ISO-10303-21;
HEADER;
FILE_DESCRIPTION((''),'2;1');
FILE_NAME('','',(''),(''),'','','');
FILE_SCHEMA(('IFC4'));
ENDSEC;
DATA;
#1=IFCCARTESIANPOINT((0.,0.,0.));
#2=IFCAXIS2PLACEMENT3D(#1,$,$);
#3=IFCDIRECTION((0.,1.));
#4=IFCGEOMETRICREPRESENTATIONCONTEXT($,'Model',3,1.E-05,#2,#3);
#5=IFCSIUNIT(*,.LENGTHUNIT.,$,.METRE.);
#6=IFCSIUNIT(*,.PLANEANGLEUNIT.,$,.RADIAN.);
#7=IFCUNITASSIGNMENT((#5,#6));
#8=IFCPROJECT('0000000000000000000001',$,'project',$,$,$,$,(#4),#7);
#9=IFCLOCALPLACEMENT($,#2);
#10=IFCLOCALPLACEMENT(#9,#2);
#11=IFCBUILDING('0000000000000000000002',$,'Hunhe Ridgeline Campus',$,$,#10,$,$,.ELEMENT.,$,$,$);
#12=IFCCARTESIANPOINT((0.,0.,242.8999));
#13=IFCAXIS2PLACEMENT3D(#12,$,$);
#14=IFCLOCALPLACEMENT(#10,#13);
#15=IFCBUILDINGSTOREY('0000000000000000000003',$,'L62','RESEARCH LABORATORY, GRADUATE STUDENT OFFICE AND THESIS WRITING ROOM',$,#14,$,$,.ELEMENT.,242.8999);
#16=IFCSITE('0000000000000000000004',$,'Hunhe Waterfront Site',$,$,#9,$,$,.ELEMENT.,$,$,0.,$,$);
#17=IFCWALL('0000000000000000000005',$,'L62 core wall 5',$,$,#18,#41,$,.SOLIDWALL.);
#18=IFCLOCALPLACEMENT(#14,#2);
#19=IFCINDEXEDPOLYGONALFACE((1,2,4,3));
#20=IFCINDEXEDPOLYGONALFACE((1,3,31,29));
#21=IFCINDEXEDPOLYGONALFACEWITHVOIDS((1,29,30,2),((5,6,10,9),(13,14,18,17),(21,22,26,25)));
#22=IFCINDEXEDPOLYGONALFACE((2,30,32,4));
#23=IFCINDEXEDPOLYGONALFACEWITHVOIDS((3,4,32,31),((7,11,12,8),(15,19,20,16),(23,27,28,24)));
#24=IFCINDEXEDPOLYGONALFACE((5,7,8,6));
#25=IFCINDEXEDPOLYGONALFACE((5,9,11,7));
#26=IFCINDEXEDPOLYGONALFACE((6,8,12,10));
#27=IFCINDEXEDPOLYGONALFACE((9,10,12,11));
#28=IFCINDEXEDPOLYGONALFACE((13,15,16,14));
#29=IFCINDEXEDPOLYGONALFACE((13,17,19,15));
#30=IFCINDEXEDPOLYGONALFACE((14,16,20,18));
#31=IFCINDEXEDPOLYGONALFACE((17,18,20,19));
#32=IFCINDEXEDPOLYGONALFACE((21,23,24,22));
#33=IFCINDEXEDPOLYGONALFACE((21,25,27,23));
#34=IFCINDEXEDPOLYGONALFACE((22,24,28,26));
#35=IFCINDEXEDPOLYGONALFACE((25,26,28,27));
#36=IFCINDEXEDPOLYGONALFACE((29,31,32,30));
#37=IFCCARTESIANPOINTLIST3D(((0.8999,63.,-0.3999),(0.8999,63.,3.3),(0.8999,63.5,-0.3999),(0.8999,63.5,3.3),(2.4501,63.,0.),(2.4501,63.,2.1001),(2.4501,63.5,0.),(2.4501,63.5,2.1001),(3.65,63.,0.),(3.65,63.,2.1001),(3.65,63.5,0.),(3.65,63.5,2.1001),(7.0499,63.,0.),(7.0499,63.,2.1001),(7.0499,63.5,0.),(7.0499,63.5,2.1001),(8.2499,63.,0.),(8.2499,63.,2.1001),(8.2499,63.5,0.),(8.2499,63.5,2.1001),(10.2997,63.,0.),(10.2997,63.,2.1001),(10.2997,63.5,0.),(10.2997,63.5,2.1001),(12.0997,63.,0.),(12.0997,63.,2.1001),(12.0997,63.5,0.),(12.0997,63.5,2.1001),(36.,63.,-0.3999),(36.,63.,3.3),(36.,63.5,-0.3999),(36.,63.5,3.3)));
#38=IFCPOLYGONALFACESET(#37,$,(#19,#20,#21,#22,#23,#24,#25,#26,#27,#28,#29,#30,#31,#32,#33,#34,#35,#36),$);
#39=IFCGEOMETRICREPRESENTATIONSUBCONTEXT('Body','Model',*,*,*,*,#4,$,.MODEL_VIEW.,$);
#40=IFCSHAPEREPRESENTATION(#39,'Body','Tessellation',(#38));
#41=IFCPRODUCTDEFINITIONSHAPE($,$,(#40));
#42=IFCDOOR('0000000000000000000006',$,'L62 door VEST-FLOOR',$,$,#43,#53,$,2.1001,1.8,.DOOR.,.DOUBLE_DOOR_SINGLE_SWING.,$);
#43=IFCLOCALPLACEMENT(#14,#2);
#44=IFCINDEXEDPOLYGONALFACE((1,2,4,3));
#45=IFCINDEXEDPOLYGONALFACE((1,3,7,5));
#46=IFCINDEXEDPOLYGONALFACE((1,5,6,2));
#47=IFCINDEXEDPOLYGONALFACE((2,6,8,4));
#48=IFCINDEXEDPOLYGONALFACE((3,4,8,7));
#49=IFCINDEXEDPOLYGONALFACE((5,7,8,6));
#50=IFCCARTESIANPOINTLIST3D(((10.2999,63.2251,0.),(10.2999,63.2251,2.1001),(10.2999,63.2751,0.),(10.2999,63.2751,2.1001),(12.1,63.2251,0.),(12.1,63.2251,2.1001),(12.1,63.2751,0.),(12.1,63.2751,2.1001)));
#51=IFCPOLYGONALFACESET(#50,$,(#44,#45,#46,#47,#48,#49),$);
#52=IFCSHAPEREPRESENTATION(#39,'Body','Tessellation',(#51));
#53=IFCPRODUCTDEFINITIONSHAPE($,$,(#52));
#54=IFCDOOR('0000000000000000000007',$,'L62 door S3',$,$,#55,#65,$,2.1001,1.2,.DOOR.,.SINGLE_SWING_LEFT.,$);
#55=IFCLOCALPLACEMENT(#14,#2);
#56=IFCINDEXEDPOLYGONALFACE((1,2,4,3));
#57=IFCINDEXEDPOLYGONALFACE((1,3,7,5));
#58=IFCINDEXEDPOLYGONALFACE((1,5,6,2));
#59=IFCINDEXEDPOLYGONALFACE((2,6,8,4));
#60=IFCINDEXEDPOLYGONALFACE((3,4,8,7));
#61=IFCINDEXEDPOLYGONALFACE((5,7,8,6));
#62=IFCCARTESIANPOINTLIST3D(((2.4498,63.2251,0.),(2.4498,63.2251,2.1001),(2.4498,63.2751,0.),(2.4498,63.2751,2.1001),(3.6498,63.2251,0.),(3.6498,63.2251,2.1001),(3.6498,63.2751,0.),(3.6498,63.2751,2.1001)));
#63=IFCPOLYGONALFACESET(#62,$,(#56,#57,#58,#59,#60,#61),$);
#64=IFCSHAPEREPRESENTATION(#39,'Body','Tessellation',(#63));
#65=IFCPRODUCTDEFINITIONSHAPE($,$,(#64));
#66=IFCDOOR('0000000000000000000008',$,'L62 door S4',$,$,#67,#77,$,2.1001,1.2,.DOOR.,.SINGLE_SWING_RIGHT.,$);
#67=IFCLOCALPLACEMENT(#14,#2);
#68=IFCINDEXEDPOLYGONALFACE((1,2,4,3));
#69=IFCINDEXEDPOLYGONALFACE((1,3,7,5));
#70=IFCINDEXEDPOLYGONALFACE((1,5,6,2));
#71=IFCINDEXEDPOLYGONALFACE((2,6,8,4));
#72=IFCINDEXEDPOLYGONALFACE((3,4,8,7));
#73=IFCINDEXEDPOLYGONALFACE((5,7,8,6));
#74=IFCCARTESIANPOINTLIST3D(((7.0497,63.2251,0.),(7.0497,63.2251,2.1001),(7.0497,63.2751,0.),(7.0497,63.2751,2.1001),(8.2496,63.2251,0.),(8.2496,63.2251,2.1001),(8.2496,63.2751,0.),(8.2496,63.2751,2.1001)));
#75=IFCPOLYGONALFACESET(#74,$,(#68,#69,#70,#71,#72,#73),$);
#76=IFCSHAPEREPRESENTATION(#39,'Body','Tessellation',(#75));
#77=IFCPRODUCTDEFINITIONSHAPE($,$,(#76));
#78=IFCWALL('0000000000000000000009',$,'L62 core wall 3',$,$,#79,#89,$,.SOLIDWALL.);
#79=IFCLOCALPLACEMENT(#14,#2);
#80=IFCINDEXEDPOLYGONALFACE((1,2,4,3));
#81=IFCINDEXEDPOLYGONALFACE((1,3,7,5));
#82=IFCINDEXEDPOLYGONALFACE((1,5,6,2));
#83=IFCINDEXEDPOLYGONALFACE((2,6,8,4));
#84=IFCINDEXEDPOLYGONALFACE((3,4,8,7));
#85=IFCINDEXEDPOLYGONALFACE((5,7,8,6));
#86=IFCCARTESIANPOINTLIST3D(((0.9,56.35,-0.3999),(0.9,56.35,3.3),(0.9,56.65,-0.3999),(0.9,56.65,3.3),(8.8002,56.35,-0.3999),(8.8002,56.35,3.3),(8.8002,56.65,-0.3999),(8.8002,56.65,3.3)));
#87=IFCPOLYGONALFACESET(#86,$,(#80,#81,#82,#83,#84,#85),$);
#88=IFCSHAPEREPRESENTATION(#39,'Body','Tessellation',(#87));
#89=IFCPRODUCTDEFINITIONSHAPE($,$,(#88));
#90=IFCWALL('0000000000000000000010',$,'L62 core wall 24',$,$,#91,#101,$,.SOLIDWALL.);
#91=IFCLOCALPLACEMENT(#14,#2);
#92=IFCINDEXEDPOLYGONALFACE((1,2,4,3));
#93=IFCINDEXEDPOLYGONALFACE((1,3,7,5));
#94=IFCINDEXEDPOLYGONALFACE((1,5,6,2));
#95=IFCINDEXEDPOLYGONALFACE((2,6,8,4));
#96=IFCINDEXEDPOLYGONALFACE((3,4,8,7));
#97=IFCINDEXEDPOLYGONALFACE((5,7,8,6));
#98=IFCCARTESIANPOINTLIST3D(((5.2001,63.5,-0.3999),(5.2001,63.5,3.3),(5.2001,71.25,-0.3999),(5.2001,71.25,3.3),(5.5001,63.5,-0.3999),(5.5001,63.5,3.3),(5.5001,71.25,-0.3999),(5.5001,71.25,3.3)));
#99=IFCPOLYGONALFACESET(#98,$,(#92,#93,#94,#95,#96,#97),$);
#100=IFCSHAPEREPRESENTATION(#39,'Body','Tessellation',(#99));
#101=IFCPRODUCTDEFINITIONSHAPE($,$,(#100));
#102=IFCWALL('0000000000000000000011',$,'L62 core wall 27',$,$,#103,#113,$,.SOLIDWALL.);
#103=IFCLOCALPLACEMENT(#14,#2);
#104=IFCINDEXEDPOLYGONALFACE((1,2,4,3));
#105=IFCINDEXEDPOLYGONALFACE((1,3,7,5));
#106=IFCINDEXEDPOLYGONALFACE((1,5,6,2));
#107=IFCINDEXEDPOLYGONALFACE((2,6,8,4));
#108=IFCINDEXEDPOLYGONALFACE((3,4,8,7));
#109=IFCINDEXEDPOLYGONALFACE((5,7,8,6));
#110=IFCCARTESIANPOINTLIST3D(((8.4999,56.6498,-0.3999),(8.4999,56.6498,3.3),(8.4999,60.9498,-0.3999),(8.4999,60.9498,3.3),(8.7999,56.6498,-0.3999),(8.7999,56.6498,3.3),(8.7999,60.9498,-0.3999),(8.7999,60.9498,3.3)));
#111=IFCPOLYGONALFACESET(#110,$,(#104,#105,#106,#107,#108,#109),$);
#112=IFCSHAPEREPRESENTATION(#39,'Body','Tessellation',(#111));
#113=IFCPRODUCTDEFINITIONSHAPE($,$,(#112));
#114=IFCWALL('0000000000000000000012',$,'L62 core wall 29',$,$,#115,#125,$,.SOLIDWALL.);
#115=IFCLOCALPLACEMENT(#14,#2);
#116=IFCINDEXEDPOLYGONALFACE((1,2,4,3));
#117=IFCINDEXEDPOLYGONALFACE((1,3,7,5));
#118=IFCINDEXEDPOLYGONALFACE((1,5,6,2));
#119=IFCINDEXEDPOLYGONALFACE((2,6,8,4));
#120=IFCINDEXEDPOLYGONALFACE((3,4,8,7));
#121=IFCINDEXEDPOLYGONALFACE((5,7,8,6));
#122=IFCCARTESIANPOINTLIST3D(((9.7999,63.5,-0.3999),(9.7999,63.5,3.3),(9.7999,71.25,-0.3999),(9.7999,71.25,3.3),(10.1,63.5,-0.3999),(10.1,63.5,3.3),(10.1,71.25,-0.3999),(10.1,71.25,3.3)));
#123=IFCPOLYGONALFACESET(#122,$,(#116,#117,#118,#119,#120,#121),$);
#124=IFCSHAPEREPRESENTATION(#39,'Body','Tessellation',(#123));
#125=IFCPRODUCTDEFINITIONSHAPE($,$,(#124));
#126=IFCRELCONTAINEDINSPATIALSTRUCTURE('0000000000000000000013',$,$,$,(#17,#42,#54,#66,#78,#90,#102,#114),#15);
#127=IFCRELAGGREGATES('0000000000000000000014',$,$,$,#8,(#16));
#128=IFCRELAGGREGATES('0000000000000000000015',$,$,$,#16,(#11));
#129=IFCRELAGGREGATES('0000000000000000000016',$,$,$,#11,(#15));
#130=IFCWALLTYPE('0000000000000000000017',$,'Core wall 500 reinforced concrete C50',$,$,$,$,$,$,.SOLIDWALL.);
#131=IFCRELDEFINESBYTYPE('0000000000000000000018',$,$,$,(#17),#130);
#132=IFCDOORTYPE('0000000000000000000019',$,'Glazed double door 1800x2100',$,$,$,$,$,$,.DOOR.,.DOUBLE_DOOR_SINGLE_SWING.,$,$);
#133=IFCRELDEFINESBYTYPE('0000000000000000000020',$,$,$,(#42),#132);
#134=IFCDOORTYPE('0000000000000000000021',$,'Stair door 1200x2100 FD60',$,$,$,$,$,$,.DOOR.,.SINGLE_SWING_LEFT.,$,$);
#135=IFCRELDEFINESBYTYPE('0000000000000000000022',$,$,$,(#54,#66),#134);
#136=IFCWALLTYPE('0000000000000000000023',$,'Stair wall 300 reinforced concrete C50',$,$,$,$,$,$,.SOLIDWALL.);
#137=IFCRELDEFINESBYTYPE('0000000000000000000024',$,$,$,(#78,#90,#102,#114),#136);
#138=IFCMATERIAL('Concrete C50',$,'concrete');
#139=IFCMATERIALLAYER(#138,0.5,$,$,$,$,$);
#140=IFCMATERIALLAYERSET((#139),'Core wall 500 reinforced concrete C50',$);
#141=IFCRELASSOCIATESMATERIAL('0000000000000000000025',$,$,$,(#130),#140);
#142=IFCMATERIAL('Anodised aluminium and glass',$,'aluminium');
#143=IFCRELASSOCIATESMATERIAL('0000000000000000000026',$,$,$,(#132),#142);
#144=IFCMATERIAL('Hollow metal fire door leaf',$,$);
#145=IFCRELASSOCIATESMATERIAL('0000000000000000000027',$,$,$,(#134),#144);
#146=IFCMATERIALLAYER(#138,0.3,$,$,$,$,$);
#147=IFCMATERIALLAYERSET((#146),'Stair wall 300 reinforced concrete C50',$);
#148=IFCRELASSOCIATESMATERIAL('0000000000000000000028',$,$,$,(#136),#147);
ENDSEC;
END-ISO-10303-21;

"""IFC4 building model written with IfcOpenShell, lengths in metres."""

from ifc_helpers import new_model, si_unit, direction, frame, frame_2d, origin, place, context, subcontext, project, spatial, rectangle, extrude, material, layer, layer_set, type_object, element, fill, save


model = new_model("IFC4")

# Units and contexts
model_context = context("Model", 3, precision=1e-05, world=origin(), true_north=direction((0.0, 1.0)))
body_context = subcontext(model_context, "Body", "Model", "MODEL_VIEW")
ifc_project = project(units=[si_unit("LENGTHUNIT", "METRE"), si_unit("PLANEANGLEUNIT", "RADIAN")], contexts=[model_context])

# Site, building, storey
site_placement = place(None, origin())
site = spatial("IfcSite", under=ifc_project, at=site_placement, Name="Hunhe Waterfront Site", CompositionType="ELEMENT", RefElevation=0.0)
building_placement = place(site_placement, origin())
building = spatial("IfcBuilding", under=site, at=building_placement, Name="Hunhe Ridgeline Campus", CompositionType="ELEMENT")
storey_placement = place(building_placement, frame((0.0, 0.0, 242.8999)))
storey = spatial("IfcBuildingStorey", under=building, at=storey_placement, Name="L62", Description="RESEARCH LABORATORY, GRADUATE STUDENT OFFICE AND THESIS WRITING ROOM", CompositionType="ELEMENT", Elevation=242.8999)

# Wall, openings, doors
ifc_material_1 = material(Name="Concrete C50", Category="concrete")
ifc_layer_1 = layer(ifc_material_1, 0.5)
ifc_layer_set_1 = layer_set([ifc_layer_1], Name="Core wall 500 reinforced concrete C50")
wall_type_1 = type_object("IfcWallType", Name="Core wall 500 reinforced concrete C50", PredefinedType="SOLIDWALL", material=ifc_layer_set_1)
wall_1_placement = place(storey_placement, frame((0.8999, 63.25, -0.3999), z_axis=(0.0, 0.0, 1.0), x_axis=(1.0, 0.0, 0.0)))
wall_1 = element("IfcWall", 1, at=wall_1_placement, inside=storey, type_object=wall_type_1, Name="L62 core wall 5", PredefinedType="SOLIDWALL", context=body_context, shape_type="SweptSolid", body=[
    extrude(rectangle(XDim=35.1001, YDim=0.5, at=frame_2d((17.55, 0.0))), origin(), (0.0, 0.0, 1.0), 3.7),
])
opening_1_placement = place(wall_1_placement, frame((9.3999, 0.0, 0.3999)))
opening_1 = element("IfcOpeningElement", 2, at=opening_1_placement, cuts=wall_1, PredefinedType="OPENING", context=body_context, shape_type="SweptSolid", body=[
    extrude(rectangle(XDim=1.8, YDim=2.1001, at=frame_2d((0.8999, 1.05))), frame((0.0, 0.25, 0.0), z_axis=(0.0, -1.0, 0.0), x_axis=(1.0, 0.0, 0.0)), (0.0, 0.0, 1.0), 0.5),
])
opening_2_placement = place(wall_1_placement, frame((1.55, 0.0, 0.3999)))
opening_2 = element("IfcOpeningElement", 3, at=opening_2_placement, cuts=wall_1, PredefinedType="OPENING", context=body_context, shape_type="SweptSolid", body=[
    extrude(rectangle(XDim=1.2, YDim=2.1001, at=frame_2d((0.6001, 1.05))), frame((0.0, 0.25, 0.0), z_axis=(0.0, -1.0, 0.0), x_axis=(1.0, 0.0, 0.0)), (0.0, 0.0, 1.0), 0.5),
])
opening_3_placement = place(wall_1_placement, frame((6.1499, 0.0, 0.3999)))
opening_3 = element("IfcOpeningElement", 4, at=opening_3_placement, cuts=wall_1, PredefinedType="OPENING", context=body_context, shape_type="SweptSolid", body=[
    extrude(rectangle(XDim=1.2, YDim=2.1001, at=frame_2d((0.6001, 1.05))), frame((0.0, 0.25, 0.0), z_axis=(0.0, -1.0, 0.0), x_axis=(1.0, 0.0, 0.0)), (0.0, 0.0, 1.0), 0.5),
])
ifc_material_2 = material(Name="Anodised aluminium and glass", Category="aluminium")
door_type_1 = type_object("IfcDoorType", Name="Glazed double door 1800x2100", OperationType="DOUBLE_DOOR_SINGLE_SWING", PredefinedType="DOOR", material=ifc_material_2)
door_1_placement = place(opening_1_placement, frame((1.8, 0.0, 0.0), z_axis=(0.0, 0.0, 1.0), x_axis=(-1.0, 0.0, 0.0)))
door_1 = element("IfcDoor", 5, at=door_1_placement, inside=storey, type_object=door_type_1, Name="L62 door VEST-FLOOR", OperationType="DOUBLE_DOOR_SINGLE_SWING", OverallHeight=2.1001, OverallWidth=1.8, PredefinedType="DOOR", context=body_context, shape_type="SweptSolid", body=[
    extrude(rectangle(XDim=1.8, YDim=2.1001, at=frame_2d((0.8999, 1.05))), frame((0.0, 0.0249, 0.0), z_axis=(0.0, -1.0, 0.0), x_axis=(1.0, 0.0, 0.0)), (0.0, 0.0, 1.0), 0.05),
])
fill(opening_1, door_1)
ifc_material_3 = material(Name="Hollow metal fire door leaf")
door_type_2 = type_object("IfcDoorType", Name="Stair door 1200x2100 FD60", OperationType="SINGLE_SWING_LEFT", PredefinedType="DOOR", material=ifc_material_3)
door_2_placement = place(opening_2_placement, frame((1.2, 0.0, 0.0), z_axis=(0.0, 0.0, 1.0), x_axis=(-1.0, 0.0, 0.0)))
door_2 = element("IfcDoor", 6, at=door_2_placement, inside=storey, type_object=door_type_2, Name="L62 door S3", OperationType="SINGLE_SWING_LEFT", OverallHeight=2.1001, OverallWidth=1.2, PredefinedType="DOOR", context=body_context, shape_type="SweptSolid", body=[
    extrude(rectangle(XDim=1.2, YDim=2.1001, at=frame_2d((0.6001, 1.05))), frame((0.0, 0.0249, 0.0), z_axis=(0.0, -1.0, 0.0), x_axis=(1.0, 0.0, 0.0)), (0.0, 0.0, 1.0), 0.05),
])
fill(opening_2, door_2)
door_3_placement = place(opening_3_placement, frame((1.2, 0.0, 0.0), z_axis=(0.0, 0.0, 1.0), x_axis=(-1.0, 0.0, 0.0)))
door_3 = element("IfcDoor", 7, at=door_3_placement, inside=storey, type_object=door_type_2, Name="L62 door S4", OperationType="SINGLE_SWING_RIGHT", OverallHeight=2.1001, OverallWidth=1.2, PredefinedType="DOOR", context=body_context, shape_type="SweptSolid", body=[
    extrude(rectangle(XDim=1.2, YDim=2.1001, at=frame_2d((0.6001, 1.05))), frame((0.0, 0.0249, 0.0), z_axis=(0.0, -1.0, 0.0), x_axis=(1.0, 0.0, 0.0)), (0.0, 0.0, 1.0), 0.05),
])
fill(opening_3, door_3)

# Wall
ifc_layer_2 = layer(ifc_material_1, 0.3)
ifc_layer_set_2 = layer_set([ifc_layer_2], Name="Stair wall 300 reinforced concrete C50")
wall_type_2 = type_object("IfcWallType", Name="Stair wall 300 reinforced concrete C50", PredefinedType="SOLIDWALL", material=ifc_layer_set_2)
wall_2_placement = place(storey_placement, frame((0.8999, 56.5, -0.3999), z_axis=(0.0, 0.0, 1.0), x_axis=(1.0, 0.0, 0.0)))
element("IfcWall", 8, at=wall_2_placement, inside=storey, type_object=wall_type_2, Name="L62 core wall 3", PredefinedType="SOLIDWALL", context=body_context, shape_type="SweptSolid", body=[
    extrude(rectangle(XDim=7.9001, YDim=0.3, at=frame_2d((3.9502, 0.0))), origin(), (0.0, 0.0, 1.0), 3.7),
])

# Walls
wall_3_placement = place(storey_placement, frame((5.3501, 63.5, -0.3999), z_axis=(0.0, 0.0, 1.0), x_axis=(0.0, 1.0, 0.0)))
element("IfcWall", 9, at=wall_3_placement, inside=storey, type_object=wall_type_2, Name="L62 core wall 24", PredefinedType="SOLIDWALL", context=body_context, shape_type="SweptSolid", body=[
    extrude(rectangle(XDim=7.75, YDim=0.3, at=frame_2d((3.875, 0.0))), origin(), (0.0, 0.0, 1.0), 3.7),
])
wall_4_placement = place(storey_placement, frame((8.6499, 56.6499, -0.3999), z_axis=(0.0, 0.0, 1.0), x_axis=(0.0, 1.0, 0.0)))
element("IfcWall", 10, at=wall_4_placement, inside=storey, type_object=wall_type_2, Name="L62 core wall 27", PredefinedType="SOLIDWALL", context=body_context, shape_type="SweptSolid", body=[
    extrude(rectangle(XDim=4.3, YDim=0.3, at=frame_2d((2.1499, 0.0))), origin(), (0.0, 0.0, 1.0), 3.7),
])
wall_5_placement = place(storey_placement, frame((9.95, 63.5, -0.3999), z_axis=(0.0, 0.0, 1.0), x_axis=(0.0, 1.0, 0.0)))
element("IfcWall", 11, at=wall_5_placement, inside=storey, type_object=wall_type_2, Name="L62 core wall 29", PredefinedType="SOLIDWALL", context=body_context, shape_type="SweptSolid", body=[
    extrude(rectangle(XDim=7.75, YDim=0.3, at=frame_2d((3.875, 0.0))), origin(), (0.0, 0.0, 1.0), 3.7),
])

save(model, "model.ifc")
